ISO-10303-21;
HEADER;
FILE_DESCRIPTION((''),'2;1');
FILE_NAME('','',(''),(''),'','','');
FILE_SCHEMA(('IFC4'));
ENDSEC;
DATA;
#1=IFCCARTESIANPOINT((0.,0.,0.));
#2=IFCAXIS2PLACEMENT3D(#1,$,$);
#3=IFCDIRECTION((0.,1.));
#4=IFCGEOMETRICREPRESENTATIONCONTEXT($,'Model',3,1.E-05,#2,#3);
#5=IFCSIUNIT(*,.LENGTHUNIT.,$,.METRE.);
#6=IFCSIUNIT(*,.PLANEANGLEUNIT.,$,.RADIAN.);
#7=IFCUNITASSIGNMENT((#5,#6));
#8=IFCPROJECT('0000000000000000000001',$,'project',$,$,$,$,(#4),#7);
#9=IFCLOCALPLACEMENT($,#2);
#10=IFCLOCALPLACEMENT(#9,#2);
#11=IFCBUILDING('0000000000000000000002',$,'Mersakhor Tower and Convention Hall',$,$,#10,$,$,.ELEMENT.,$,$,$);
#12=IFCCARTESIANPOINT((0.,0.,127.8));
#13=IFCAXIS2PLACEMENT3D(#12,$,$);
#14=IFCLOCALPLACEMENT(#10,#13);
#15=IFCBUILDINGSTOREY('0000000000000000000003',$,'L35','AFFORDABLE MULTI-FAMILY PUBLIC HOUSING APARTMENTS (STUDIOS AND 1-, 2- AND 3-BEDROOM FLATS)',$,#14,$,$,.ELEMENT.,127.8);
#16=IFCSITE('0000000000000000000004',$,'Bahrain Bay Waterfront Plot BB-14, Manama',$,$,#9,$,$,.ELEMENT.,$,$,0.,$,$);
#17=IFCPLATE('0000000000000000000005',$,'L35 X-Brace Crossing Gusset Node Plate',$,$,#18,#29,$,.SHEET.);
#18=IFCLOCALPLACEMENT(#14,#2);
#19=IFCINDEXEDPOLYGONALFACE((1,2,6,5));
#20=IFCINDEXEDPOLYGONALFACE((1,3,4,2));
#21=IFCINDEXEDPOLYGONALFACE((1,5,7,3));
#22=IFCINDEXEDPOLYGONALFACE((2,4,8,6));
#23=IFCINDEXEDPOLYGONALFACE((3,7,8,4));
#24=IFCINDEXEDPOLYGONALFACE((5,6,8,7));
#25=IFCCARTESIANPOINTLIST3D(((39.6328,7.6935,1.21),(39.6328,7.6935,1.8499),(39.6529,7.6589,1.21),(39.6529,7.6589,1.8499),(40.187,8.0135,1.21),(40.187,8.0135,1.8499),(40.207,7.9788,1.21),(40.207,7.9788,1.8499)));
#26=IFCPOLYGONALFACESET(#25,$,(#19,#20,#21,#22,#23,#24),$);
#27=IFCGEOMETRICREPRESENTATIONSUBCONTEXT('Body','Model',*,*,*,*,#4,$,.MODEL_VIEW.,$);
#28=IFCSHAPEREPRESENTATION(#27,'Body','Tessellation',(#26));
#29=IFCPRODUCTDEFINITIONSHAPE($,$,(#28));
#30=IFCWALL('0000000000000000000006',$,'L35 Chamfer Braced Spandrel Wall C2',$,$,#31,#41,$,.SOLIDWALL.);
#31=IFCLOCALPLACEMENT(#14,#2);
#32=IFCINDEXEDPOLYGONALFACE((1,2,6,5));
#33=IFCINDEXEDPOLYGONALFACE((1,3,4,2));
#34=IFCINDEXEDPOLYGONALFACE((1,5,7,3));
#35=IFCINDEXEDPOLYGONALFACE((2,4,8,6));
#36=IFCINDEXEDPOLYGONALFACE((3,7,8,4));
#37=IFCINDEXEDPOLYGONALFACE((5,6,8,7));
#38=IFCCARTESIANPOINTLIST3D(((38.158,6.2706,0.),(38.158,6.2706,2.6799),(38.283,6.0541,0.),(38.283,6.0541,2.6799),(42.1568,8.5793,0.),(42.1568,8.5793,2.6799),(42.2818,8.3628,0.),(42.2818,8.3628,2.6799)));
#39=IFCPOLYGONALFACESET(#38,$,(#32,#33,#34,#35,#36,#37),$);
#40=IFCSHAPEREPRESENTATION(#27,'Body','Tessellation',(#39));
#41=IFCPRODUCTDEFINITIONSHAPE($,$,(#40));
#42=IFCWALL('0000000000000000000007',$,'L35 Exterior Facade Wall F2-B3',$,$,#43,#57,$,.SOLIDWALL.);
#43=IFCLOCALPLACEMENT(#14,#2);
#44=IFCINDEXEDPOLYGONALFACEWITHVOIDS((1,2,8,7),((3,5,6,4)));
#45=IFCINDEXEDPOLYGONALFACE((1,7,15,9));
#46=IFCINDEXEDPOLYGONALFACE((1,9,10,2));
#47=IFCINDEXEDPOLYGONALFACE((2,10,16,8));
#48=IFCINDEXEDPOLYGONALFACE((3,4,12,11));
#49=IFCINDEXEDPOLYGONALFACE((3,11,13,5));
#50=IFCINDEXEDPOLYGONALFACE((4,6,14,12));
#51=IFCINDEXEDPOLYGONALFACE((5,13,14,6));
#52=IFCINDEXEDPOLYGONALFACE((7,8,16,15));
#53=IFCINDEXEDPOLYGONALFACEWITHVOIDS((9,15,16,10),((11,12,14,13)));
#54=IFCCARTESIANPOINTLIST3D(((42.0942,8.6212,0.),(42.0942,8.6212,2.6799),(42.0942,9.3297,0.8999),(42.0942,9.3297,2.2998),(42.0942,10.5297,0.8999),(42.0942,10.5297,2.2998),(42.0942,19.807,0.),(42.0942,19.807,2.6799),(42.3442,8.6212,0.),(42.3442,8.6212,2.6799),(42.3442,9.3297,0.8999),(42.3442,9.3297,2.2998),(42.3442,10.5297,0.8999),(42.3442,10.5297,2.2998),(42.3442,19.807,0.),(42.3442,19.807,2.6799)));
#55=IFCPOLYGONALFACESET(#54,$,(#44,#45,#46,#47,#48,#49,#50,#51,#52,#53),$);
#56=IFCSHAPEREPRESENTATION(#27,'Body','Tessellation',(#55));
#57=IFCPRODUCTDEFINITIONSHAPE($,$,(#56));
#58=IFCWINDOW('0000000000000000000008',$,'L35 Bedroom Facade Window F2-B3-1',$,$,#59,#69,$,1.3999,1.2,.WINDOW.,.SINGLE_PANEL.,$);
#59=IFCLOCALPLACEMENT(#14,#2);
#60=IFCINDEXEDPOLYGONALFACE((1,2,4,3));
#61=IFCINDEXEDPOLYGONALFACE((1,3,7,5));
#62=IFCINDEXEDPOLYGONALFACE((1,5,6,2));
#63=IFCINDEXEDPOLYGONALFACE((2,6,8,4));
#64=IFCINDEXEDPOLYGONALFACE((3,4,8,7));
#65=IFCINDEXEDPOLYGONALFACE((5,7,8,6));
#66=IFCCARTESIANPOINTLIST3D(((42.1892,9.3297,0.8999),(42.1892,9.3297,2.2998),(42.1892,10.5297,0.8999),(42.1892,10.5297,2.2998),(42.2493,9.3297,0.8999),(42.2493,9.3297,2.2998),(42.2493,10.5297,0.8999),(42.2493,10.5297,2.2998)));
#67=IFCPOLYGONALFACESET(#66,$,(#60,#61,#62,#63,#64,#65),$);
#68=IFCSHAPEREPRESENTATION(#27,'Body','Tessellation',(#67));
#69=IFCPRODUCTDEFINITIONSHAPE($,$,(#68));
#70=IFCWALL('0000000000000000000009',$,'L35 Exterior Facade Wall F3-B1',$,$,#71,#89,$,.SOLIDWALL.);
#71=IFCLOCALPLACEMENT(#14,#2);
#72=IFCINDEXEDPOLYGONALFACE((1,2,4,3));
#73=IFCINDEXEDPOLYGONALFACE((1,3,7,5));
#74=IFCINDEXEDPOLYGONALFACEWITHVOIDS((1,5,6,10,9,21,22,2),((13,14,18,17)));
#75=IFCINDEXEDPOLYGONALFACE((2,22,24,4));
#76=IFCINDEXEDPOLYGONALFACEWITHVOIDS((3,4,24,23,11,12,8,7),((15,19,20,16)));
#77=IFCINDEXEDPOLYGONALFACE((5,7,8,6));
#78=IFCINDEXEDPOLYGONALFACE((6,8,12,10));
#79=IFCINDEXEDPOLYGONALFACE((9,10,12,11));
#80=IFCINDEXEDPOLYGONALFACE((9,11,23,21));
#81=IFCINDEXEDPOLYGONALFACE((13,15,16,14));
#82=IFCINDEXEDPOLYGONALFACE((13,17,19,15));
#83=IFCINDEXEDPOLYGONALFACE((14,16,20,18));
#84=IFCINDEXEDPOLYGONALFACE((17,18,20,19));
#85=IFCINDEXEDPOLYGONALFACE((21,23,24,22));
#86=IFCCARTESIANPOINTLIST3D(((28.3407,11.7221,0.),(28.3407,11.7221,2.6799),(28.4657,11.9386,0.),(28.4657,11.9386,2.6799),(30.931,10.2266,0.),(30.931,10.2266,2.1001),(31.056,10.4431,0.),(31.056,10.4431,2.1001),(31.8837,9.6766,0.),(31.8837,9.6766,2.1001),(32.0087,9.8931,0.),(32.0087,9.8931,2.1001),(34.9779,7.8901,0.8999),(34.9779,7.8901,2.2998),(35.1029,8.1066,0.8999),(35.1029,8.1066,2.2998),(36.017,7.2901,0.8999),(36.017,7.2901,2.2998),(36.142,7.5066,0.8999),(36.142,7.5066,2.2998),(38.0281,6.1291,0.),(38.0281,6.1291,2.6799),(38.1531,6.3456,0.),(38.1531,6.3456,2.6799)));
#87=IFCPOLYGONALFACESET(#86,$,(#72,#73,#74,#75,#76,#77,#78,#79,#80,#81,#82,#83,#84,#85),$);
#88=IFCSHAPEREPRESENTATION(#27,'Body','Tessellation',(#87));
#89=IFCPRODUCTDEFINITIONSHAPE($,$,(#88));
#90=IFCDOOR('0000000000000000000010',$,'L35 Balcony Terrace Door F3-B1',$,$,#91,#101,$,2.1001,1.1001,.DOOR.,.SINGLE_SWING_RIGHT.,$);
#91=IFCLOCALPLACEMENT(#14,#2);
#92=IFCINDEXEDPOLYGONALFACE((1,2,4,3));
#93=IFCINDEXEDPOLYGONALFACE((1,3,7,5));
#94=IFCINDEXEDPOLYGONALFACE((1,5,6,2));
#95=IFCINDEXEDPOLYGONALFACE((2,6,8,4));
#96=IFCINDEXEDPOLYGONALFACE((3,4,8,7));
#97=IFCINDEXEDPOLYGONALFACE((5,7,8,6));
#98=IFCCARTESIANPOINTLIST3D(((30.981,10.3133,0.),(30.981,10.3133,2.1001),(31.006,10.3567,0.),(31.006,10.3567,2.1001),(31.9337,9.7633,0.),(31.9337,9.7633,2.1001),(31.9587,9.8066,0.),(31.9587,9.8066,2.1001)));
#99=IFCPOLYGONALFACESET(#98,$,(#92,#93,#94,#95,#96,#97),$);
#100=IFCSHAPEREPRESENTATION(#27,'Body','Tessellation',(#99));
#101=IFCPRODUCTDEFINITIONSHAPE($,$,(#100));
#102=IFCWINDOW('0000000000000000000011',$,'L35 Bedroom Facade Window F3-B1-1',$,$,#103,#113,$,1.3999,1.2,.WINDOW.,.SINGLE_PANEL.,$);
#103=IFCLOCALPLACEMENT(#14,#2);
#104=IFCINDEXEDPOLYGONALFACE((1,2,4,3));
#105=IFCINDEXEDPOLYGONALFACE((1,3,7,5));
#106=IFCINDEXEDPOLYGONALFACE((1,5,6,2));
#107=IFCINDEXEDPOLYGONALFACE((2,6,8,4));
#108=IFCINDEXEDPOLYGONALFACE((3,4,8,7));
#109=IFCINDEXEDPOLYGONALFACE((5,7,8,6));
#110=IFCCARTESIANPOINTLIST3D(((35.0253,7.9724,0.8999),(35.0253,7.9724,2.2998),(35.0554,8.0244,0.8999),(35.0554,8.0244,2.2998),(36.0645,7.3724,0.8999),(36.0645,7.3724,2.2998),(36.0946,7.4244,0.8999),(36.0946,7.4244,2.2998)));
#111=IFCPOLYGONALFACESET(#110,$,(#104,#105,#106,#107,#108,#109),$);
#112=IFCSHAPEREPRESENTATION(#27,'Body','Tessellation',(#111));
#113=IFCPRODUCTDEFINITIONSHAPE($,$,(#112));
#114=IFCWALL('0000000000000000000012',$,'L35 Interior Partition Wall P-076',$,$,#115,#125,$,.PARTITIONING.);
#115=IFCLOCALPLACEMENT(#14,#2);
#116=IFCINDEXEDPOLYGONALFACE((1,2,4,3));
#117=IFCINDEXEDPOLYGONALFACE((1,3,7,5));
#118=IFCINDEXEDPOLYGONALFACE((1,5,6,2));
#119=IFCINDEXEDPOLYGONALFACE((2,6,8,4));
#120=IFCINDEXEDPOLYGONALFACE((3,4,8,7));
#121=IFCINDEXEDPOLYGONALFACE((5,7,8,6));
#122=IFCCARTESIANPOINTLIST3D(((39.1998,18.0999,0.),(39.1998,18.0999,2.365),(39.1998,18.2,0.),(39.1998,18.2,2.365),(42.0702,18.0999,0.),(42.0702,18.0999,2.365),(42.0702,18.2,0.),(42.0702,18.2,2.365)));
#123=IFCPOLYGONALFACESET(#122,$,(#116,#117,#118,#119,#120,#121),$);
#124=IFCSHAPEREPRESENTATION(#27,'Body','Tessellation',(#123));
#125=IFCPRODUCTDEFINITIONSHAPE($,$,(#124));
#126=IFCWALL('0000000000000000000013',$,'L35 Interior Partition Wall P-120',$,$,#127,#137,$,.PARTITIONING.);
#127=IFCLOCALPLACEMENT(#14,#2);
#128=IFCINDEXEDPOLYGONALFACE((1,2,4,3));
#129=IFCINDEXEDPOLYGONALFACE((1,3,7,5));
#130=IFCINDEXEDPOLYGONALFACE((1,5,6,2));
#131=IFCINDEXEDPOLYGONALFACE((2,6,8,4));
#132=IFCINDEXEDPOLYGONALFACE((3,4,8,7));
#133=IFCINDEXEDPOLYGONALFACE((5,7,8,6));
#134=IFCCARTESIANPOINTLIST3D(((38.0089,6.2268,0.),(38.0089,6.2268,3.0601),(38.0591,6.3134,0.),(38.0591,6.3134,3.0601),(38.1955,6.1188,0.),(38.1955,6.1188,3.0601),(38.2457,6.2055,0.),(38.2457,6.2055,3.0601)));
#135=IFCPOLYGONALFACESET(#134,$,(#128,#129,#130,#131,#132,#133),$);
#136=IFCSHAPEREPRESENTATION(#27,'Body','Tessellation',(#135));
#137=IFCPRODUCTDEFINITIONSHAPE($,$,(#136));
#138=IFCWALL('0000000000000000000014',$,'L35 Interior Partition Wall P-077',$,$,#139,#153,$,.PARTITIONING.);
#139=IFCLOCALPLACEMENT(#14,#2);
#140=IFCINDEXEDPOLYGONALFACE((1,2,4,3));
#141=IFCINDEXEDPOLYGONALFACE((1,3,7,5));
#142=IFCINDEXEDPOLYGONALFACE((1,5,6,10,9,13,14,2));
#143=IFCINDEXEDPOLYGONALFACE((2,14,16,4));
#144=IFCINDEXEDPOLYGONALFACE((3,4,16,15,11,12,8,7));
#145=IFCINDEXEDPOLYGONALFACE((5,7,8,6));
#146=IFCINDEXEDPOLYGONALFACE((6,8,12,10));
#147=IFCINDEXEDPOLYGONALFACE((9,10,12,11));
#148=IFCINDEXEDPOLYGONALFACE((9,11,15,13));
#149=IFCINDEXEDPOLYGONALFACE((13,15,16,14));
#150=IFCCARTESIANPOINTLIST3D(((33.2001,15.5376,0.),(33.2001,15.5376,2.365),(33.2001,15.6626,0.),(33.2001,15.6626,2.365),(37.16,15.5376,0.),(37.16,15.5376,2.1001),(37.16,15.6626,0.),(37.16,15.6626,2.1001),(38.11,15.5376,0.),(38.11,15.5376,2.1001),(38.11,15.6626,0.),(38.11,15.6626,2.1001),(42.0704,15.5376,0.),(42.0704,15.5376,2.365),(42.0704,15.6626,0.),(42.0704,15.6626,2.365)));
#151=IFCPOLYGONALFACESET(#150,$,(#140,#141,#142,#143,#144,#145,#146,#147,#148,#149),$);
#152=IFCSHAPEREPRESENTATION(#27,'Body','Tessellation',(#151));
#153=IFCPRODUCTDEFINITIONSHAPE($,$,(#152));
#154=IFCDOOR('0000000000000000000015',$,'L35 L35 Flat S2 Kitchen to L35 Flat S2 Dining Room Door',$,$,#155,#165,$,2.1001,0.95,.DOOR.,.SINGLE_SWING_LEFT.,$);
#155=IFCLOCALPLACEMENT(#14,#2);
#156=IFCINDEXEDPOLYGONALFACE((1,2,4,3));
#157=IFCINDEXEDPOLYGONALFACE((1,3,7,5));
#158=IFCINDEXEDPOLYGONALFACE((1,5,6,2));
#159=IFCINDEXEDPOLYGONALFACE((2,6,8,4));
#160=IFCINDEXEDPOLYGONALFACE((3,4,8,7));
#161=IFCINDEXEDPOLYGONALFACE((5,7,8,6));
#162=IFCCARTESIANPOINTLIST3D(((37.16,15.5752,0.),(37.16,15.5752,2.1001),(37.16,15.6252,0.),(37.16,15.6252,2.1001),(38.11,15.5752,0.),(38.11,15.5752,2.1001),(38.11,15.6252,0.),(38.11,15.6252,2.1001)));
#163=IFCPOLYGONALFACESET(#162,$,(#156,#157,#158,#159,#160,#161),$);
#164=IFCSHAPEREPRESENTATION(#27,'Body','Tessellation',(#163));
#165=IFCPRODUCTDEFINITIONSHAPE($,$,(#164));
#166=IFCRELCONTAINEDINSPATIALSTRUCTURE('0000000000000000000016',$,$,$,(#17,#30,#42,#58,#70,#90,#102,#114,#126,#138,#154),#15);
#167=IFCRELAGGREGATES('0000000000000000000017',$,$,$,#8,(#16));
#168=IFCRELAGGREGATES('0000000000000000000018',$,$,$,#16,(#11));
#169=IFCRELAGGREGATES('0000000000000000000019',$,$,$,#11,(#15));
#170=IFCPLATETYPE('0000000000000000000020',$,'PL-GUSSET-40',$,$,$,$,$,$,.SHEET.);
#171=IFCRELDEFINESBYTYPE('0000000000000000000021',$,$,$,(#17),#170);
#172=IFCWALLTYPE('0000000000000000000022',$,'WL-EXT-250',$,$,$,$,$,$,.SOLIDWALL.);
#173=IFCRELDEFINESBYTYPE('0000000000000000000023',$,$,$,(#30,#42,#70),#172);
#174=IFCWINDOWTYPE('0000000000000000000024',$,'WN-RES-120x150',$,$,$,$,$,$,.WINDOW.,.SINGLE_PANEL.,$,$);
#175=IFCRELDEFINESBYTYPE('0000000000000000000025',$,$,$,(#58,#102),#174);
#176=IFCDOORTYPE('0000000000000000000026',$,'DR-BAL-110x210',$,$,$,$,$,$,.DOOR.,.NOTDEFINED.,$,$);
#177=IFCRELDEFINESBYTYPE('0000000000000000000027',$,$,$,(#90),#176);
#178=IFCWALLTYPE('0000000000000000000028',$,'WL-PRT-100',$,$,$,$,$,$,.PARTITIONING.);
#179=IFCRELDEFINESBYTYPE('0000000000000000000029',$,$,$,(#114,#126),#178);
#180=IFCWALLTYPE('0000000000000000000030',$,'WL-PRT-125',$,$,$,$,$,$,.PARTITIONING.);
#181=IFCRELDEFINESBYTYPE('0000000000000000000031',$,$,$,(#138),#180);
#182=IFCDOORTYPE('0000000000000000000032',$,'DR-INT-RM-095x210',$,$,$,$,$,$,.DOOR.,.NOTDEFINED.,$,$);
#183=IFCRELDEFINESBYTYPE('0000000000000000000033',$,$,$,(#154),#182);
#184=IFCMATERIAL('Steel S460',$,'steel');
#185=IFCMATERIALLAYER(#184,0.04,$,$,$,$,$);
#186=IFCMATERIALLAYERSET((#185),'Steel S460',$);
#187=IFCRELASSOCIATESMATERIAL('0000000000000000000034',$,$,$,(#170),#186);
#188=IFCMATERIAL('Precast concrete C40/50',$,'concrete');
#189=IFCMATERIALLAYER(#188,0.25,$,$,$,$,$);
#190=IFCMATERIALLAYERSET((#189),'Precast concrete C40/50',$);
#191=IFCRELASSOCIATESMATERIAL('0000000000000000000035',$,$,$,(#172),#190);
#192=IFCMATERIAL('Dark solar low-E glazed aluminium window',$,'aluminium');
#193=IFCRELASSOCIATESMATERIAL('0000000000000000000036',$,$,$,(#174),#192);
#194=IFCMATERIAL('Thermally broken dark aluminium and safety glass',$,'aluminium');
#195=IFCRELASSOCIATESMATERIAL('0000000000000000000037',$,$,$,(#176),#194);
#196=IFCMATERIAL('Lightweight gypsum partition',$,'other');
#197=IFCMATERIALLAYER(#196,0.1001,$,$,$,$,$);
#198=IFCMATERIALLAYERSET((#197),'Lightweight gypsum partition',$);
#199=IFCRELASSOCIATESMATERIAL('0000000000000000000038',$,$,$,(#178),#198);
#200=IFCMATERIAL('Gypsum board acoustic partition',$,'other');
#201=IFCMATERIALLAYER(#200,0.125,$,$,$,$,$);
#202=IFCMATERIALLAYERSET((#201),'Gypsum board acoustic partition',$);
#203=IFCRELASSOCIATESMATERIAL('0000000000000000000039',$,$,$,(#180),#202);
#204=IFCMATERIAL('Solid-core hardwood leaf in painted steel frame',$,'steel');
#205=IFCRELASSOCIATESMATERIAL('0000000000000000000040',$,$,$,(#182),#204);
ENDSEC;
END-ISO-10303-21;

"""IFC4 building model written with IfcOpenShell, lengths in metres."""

from ifc_helpers import new_model, si_unit, direction, frame, frame_2d, origin, origin_2d, place, context, subcontext, project, spatial, rectangle, extrude, material, layer, layer_set, type_object, element, fill, save


model = new_model("IFC4")

# Units and contexts
model_context = context("Model", 3, precision=1e-05, world=origin(), true_north=direction((0.0, 1.0)))
body_context = subcontext(model_context, "Body", "Model", "MODEL_VIEW")
ifc_project = project(units=[si_unit("LENGTHUNIT", "METRE"), si_unit("PLANEANGLEUNIT", "RADIAN")], contexts=[model_context])

# Site, building, storey
site_placement = place(None, origin())
site = spatial("IfcSite", under=ifc_project, at=site_placement, Name="Bahrain Bay Waterfront Plot BB-14, Manama", CompositionType="ELEMENT", RefElevation=0.0)
building_placement = place(site_placement, origin())
building = spatial("IfcBuilding", under=site, at=building_placement, Name="Mersakhor Tower and Convention Hall", CompositionType="ELEMENT")
storey_placement = place(building_placement, frame((0.0, 0.0, 127.8)))
storey = spatial("IfcBuildingStorey", under=building, at=storey_placement, Name="L35", Description="AFFORDABLE MULTI-FAMILY PUBLIC HOUSING APARTMENTS (STUDIOS AND 1-, 2- AND 3-BEDROOM FLATS)", CompositionType="ELEMENT", Elevation=127.8)

# Plate
ifc_material_1 = material(Name="Steel S460", Category="steel")
ifc_layer_1 = layer(ifc_material_1, 0.04)
ifc_layer_set_1 = layer_set([ifc_layer_1], Name="Steel S460")
plate_type_1 = type_object("IfcPlateType", Name="PL-GUSSET-40", PredefinedType="SHEET", material=ifc_layer_set_1)
plate_1_placement = place(storey_placement, frame((39.9199, 7.8362, 1.21), z_axis=(0.0, 0.0, 1.0), x_axis=(0.866025, 0.5, 0.0)))
element("IfcPlate", 1, at=plate_1_placement, inside=storey, type_object=plate_type_1, Name="L35 X-Brace Crossing Gusset Node Plate", PredefinedType="SHEET", context=body_context, shape_type="SweptSolid", body=[
    extrude(rectangle(XDim=0.6399, YDim=0.04, at=origin_2d()), origin(), (0.0, 0.0, 1.0), 0.6399),
])

# Wall
ifc_material_2 = material(Name="Precast concrete C40/50", Category="concrete")
ifc_layer_2 = layer(ifc_material_2, 0.25)
ifc_layer_set_2 = layer_set([ifc_layer_2], Name="Precast concrete C40/50")
wall_type_1 = type_object("IfcWallType", Name="WL-EXT-250", PredefinedType="SOLIDWALL", material=ifc_layer_set_2)
wall_1_placement = place(storey_placement, frame((42.2192, 8.4709, 0.0), z_axis=(0.0, 0.0, 1.0), x_axis=(-0.866035, -0.499983, 0.0)))
element("IfcWall", 2, at=wall_1_placement, inside=storey, type_object=wall_type_1, Name="L35 Chamfer Braced Spandrel Wall C2", PredefinedType="SOLIDWALL", context=body_context, shape_type="SweptSolid", body=[
    extrude(rectangle(XDim=4.6174, YDim=0.25, at=frame_2d((2.3086, 0.0))), origin(), (0.0, 0.0, 1.0), 2.6799),
])

# Wall, opening, window
wall_2_placement = place(storey_placement, frame((42.2192, 19.8069, 0.0), z_axis=(0.0, 0.0, 1.0), x_axis=(0.0, -1.0, 0.0)))
wall_2 = element("IfcWall", 3, at=wall_2_placement, inside=storey, type_object=wall_type_1, Name="L35 Exterior Facade Wall F2-B3", PredefinedType="SOLIDWALL", context=body_context, shape_type="SweptSolid", body=[
    extrude(rectangle(XDim=11.1858, YDim=0.25, at=frame_2d((5.5928, 0.0))), origin(), (0.0, 0.0, 1.0), 2.6799),
])
opening_1_placement = place(wall_2_placement, frame((9.2771, 0.0, 0.8999)))
opening_1 = element("IfcOpeningElement", 4, at=opening_1_placement, cuts=wall_2, PredefinedType="OPENING", context=body_context, shape_type="SweptSolid", body=[
    extrude(rectangle(XDim=1.2, YDim=1.3999, at=frame_2d((0.6001, 0.7))), frame((0.0, 0.135, 0.0), z_axis=(0.0, -1.0, 0.0), x_axis=(1.0, 0.0, 0.0)), (0.0, 0.0, 1.0), 0.27),
])
ifc_material_3 = material(Name="Dark solar low-E glazed aluminium window", Category="aluminium")
window_type = type_object("IfcWindowType", Name="WN-RES-120x150", PartitioningType="SINGLE_PANEL", PredefinedType="WINDOW", material=ifc_material_3)
window_1_placement = place(opening_1_placement, origin())
window_1 = element("IfcWindow", 5, at=window_1_placement, inside=storey, type_object=window_type, Name="L35 Bedroom Facade Window F2-B3-1", OverallHeight=1.3999, OverallWidth=1.2, PartitioningType="SINGLE_PANEL", PredefinedType="WINDOW", context=body_context, shape_type="SweptSolid", body=[
    extrude(rectangle(XDim=1.2, YDim=1.3999, at=frame_2d((0.6001, 0.7))), frame((0.0, 0.03, 0.0), z_axis=(0.0, -1.0, 0.0), x_axis=(1.0, 0.0, 0.0)), (0.0, 0.0, 1.0), 0.0601),
])
fill(opening_1, window_1)

# Wall, openings, door, window
wall_3_placement = place(storey_placement, frame((38.0906, 6.2373, 0.0), z_axis=(0.0, 0.0, 1.0), x_axis=(-0.866022, 0.500005, 0.0)))
wall_3 = element("IfcWall", 6, at=wall_3_placement, inside=storey, type_object=wall_type_1, Name="L35 Exterior Facade Wall F3-B1", PredefinedType="SOLIDWALL", context=body_context, shape_type="SweptSolid", body=[
    extrude(rectangle(XDim=11.186, YDim=0.25, at=frame_2d((5.593, 0.0))), origin(), (0.0, 0.0, 1.0), 2.6799),
])
opening_2_placement = place(wall_3_placement, frame((7.095, 0.0, 0.0)))
opening_2 = element("IfcOpeningElement", 7, at=opening_2_placement, cuts=wall_3, PredefinedType="OPENING", context=body_context, shape_type="SweptSolid", body=[
    extrude(rectangle(XDim=1.1001, YDim=2.1001, at=frame_2d((0.55, 1.05))), frame((0.0, 0.135, 0.0), z_axis=(0.0, -1.0, 0.0), x_axis=(1.0, 0.0, 0.0)), (0.0, 0.0, 1.0), 0.27),
])
opening_3_placement = place(wall_3_placement, frame((2.322, 0.0, 0.8999)))
opening_3 = element("IfcOpeningElement", 8, at=opening_3_placement, cuts=wall_3, PredefinedType="OPENING", context=body_context, shape_type="SweptSolid", body=[
    extrude(rectangle(XDim=1.2, YDim=1.3999, at=frame_2d((0.6001, 0.7))), frame((0.0, 0.135, 0.0), z_axis=(0.0, -1.0, 0.0), x_axis=(1.0, 0.0, 0.0)), (0.0, 0.0, 1.0), 0.27),
])
ifc_material_4 = material(Name="Thermally broken dark aluminium and safety glass", Category="aluminium")
door_type_1 = type_object("IfcDoorType", Name="DR-BAL-110x210", OperationType="NOTDEFINED", PredefinedType="DOOR", material=ifc_material_4)
door_1_placement = place(opening_2_placement, origin())
door_1 = element("IfcDoor", 9, at=door_1_placement, inside=storey, type_object=door_type_1, Name="L35 Balcony Terrace Door F3-B1", OperationType="SINGLE_SWING_RIGHT", OverallHeight=2.1001, OverallWidth=1.1001, PredefinedType="DOOR", context=body_context, shape_type="SweptSolid", body=[
    extrude(rectangle(XDim=1.1001, YDim=2.1001, at=frame_2d((0.55, 1.05))), frame((0.0, 0.0249, 0.0), z_axis=(0.0, -1.0, 0.0), x_axis=(1.0, 0.0, 0.0)), (0.0, 0.0, 1.0), 0.05),
])
fill(opening_2, door_1)
window_2_placement = place(opening_3_placement, origin())
window_2 = element("IfcWindow", 10, at=window_2_placement, inside=storey, type_object=window_type, Name="L35 Bedroom Facade Window F3-B1-1", OverallHeight=1.3999, OverallWidth=1.2, PartitioningType="SINGLE_PANEL", PredefinedType="WINDOW", context=body_context, shape_type="SweptSolid", body=[
    extrude(rectangle(XDim=1.2, YDim=1.3999, at=frame_2d((0.6001, 0.7))), frame((0.0, 0.03, 0.0), z_axis=(0.0, -1.0, 0.0), x_axis=(1.0, 0.0, 0.0)), (0.0, 0.0, 1.0), 0.0601),
])
fill(opening_3, window_2)

# Walls
ifc_material_5 = material(Name="Lightweight gypsum partition", Category="other")
ifc_layer_3 = layer(ifc_material_5, 0.1001)
ifc_layer_set_3 = layer_set([ifc_layer_3], Name="Lightweight gypsum partition")
wall_type_2 = type_object("IfcWallType", Name="WL-PRT-100", PredefinedType="PARTITIONING", material=ifc_layer_set_3)
wall_4_placement = place(storey_placement, frame((39.2, 18.1499, 0.0), z_axis=(0.0, 0.0, 1.0), x_axis=(1.0, 0.0, 0.0)))
element("IfcWall", 11, at=wall_4_placement, inside=storey, type_object=wall_type_2, Name="L35 Interior Partition Wall P-076", PredefinedType="PARTITIONING", context=body_context, shape_type="SweptSolid", body=[
    extrude(rectangle(XDim=2.8704, YDim=0.1001, at=frame_2d((1.4351, 0.0))), origin(), (0.0, 0.0, 1.0), 2.365),
])
wall_5_placement = place(storey_placement, frame((38.2207, 6.1621, 0.0), z_axis=(0.0, 0.0, 1.0), x_axis=(-0.865581, 0.500768, 0.0)))
element("IfcWall", 12, at=wall_5_placement, inside=storey, type_object=wall_type_2, Name="L35 Interior Partition Wall P-120", PredefinedType="PARTITIONING", context=body_context, shape_type="SweptSolid", body=[
    extrude(rectangle(XDim=0.2156, YDim=0.1001, at=frame_2d((0.1079, 0.0))), origin(), (0.0, 0.0, 1.0), 3.0601),
])

# Wall, opening, door
ifc_material_6 = material(Name="Gypsum board acoustic partition", Category="other")
ifc_layer_4 = layer(ifc_material_6, 0.125)
ifc_layer_set_4 = layer_set([ifc_layer_4], Name="Gypsum board acoustic partition")
wall_type_3 = type_object("IfcWallType", Name="WL-PRT-125", PredefinedType="PARTITIONING", material=ifc_layer_set_4)
wall_6_placement = place(storey_placement, frame((42.0703, 15.6001, 0.0), z_axis=(0.0, 0.0, 1.0), x_axis=(-1.0, 0.0, 0.0)))
wall_6 = element("IfcWall", 13, at=wall_6_placement, inside=storey, type_object=wall_type_3, Name="L35 Interior Partition Wall P-077", PredefinedType="PARTITIONING", context=body_context, shape_type="SweptSolid", body=[
    extrude(rectangle(XDim=8.8704, YDim=0.125, at=frame_2d((4.4351, 0.0))), origin(), (0.0, 0.0, 1.0), 2.365),
])
opening_4_placement = place(wall_6_placement, frame((3.9602, 0.0, 0.0)))
opening_4 = element("IfcOpeningElement", 14, at=opening_4_placement, cuts=wall_6, PredefinedType="OPENING", context=body_context, shape_type="SweptSolid", body=[
    extrude(rectangle(XDim=0.95, YDim=2.1001, at=frame_2d((0.4751, 1.05))), frame((0.0, 0.0725, 0.0), z_axis=(0.0, -1.0, 0.0), x_axis=(1.0, 0.0, 0.0)), (0.0, 0.0, 1.0), 0.145),
])
ifc_material_7 = material(Name="Solid-core hardwood leaf in painted steel frame", Category="steel")
door_type_2 = type_object("IfcDoorType", Name="DR-INT-RM-095x210", OperationType="NOTDEFINED", PredefinedType="DOOR", material=ifc_material_7)
door_2_placement = place(opening_4_placement, origin())
door_2 = element("IfcDoor", 15, at=door_2_placement, inside=storey, type_object=door_type_2, Name="L35 L35 Flat S2 Kitchen to L35 Flat S2 Dining Room Door", OperationType="SINGLE_SWING_LEFT", OverallHeight=2.1001, OverallWidth=0.95, PredefinedType="DOOR", context=body_context, shape_type="SweptSolid", body=[
    extrude(rectangle(XDim=0.95, YDim=2.1001, at=frame_2d((0.4751, 1.05))), frame((0.0, 0.0249, 0.0), z_axis=(0.0, -1.0, 0.0), x_axis=(1.0, 0.0, 0.0)), (0.0, 0.0, 1.0), 0.05),
])
fill(opening_4, door_2)

save(model, "model.ifc")
